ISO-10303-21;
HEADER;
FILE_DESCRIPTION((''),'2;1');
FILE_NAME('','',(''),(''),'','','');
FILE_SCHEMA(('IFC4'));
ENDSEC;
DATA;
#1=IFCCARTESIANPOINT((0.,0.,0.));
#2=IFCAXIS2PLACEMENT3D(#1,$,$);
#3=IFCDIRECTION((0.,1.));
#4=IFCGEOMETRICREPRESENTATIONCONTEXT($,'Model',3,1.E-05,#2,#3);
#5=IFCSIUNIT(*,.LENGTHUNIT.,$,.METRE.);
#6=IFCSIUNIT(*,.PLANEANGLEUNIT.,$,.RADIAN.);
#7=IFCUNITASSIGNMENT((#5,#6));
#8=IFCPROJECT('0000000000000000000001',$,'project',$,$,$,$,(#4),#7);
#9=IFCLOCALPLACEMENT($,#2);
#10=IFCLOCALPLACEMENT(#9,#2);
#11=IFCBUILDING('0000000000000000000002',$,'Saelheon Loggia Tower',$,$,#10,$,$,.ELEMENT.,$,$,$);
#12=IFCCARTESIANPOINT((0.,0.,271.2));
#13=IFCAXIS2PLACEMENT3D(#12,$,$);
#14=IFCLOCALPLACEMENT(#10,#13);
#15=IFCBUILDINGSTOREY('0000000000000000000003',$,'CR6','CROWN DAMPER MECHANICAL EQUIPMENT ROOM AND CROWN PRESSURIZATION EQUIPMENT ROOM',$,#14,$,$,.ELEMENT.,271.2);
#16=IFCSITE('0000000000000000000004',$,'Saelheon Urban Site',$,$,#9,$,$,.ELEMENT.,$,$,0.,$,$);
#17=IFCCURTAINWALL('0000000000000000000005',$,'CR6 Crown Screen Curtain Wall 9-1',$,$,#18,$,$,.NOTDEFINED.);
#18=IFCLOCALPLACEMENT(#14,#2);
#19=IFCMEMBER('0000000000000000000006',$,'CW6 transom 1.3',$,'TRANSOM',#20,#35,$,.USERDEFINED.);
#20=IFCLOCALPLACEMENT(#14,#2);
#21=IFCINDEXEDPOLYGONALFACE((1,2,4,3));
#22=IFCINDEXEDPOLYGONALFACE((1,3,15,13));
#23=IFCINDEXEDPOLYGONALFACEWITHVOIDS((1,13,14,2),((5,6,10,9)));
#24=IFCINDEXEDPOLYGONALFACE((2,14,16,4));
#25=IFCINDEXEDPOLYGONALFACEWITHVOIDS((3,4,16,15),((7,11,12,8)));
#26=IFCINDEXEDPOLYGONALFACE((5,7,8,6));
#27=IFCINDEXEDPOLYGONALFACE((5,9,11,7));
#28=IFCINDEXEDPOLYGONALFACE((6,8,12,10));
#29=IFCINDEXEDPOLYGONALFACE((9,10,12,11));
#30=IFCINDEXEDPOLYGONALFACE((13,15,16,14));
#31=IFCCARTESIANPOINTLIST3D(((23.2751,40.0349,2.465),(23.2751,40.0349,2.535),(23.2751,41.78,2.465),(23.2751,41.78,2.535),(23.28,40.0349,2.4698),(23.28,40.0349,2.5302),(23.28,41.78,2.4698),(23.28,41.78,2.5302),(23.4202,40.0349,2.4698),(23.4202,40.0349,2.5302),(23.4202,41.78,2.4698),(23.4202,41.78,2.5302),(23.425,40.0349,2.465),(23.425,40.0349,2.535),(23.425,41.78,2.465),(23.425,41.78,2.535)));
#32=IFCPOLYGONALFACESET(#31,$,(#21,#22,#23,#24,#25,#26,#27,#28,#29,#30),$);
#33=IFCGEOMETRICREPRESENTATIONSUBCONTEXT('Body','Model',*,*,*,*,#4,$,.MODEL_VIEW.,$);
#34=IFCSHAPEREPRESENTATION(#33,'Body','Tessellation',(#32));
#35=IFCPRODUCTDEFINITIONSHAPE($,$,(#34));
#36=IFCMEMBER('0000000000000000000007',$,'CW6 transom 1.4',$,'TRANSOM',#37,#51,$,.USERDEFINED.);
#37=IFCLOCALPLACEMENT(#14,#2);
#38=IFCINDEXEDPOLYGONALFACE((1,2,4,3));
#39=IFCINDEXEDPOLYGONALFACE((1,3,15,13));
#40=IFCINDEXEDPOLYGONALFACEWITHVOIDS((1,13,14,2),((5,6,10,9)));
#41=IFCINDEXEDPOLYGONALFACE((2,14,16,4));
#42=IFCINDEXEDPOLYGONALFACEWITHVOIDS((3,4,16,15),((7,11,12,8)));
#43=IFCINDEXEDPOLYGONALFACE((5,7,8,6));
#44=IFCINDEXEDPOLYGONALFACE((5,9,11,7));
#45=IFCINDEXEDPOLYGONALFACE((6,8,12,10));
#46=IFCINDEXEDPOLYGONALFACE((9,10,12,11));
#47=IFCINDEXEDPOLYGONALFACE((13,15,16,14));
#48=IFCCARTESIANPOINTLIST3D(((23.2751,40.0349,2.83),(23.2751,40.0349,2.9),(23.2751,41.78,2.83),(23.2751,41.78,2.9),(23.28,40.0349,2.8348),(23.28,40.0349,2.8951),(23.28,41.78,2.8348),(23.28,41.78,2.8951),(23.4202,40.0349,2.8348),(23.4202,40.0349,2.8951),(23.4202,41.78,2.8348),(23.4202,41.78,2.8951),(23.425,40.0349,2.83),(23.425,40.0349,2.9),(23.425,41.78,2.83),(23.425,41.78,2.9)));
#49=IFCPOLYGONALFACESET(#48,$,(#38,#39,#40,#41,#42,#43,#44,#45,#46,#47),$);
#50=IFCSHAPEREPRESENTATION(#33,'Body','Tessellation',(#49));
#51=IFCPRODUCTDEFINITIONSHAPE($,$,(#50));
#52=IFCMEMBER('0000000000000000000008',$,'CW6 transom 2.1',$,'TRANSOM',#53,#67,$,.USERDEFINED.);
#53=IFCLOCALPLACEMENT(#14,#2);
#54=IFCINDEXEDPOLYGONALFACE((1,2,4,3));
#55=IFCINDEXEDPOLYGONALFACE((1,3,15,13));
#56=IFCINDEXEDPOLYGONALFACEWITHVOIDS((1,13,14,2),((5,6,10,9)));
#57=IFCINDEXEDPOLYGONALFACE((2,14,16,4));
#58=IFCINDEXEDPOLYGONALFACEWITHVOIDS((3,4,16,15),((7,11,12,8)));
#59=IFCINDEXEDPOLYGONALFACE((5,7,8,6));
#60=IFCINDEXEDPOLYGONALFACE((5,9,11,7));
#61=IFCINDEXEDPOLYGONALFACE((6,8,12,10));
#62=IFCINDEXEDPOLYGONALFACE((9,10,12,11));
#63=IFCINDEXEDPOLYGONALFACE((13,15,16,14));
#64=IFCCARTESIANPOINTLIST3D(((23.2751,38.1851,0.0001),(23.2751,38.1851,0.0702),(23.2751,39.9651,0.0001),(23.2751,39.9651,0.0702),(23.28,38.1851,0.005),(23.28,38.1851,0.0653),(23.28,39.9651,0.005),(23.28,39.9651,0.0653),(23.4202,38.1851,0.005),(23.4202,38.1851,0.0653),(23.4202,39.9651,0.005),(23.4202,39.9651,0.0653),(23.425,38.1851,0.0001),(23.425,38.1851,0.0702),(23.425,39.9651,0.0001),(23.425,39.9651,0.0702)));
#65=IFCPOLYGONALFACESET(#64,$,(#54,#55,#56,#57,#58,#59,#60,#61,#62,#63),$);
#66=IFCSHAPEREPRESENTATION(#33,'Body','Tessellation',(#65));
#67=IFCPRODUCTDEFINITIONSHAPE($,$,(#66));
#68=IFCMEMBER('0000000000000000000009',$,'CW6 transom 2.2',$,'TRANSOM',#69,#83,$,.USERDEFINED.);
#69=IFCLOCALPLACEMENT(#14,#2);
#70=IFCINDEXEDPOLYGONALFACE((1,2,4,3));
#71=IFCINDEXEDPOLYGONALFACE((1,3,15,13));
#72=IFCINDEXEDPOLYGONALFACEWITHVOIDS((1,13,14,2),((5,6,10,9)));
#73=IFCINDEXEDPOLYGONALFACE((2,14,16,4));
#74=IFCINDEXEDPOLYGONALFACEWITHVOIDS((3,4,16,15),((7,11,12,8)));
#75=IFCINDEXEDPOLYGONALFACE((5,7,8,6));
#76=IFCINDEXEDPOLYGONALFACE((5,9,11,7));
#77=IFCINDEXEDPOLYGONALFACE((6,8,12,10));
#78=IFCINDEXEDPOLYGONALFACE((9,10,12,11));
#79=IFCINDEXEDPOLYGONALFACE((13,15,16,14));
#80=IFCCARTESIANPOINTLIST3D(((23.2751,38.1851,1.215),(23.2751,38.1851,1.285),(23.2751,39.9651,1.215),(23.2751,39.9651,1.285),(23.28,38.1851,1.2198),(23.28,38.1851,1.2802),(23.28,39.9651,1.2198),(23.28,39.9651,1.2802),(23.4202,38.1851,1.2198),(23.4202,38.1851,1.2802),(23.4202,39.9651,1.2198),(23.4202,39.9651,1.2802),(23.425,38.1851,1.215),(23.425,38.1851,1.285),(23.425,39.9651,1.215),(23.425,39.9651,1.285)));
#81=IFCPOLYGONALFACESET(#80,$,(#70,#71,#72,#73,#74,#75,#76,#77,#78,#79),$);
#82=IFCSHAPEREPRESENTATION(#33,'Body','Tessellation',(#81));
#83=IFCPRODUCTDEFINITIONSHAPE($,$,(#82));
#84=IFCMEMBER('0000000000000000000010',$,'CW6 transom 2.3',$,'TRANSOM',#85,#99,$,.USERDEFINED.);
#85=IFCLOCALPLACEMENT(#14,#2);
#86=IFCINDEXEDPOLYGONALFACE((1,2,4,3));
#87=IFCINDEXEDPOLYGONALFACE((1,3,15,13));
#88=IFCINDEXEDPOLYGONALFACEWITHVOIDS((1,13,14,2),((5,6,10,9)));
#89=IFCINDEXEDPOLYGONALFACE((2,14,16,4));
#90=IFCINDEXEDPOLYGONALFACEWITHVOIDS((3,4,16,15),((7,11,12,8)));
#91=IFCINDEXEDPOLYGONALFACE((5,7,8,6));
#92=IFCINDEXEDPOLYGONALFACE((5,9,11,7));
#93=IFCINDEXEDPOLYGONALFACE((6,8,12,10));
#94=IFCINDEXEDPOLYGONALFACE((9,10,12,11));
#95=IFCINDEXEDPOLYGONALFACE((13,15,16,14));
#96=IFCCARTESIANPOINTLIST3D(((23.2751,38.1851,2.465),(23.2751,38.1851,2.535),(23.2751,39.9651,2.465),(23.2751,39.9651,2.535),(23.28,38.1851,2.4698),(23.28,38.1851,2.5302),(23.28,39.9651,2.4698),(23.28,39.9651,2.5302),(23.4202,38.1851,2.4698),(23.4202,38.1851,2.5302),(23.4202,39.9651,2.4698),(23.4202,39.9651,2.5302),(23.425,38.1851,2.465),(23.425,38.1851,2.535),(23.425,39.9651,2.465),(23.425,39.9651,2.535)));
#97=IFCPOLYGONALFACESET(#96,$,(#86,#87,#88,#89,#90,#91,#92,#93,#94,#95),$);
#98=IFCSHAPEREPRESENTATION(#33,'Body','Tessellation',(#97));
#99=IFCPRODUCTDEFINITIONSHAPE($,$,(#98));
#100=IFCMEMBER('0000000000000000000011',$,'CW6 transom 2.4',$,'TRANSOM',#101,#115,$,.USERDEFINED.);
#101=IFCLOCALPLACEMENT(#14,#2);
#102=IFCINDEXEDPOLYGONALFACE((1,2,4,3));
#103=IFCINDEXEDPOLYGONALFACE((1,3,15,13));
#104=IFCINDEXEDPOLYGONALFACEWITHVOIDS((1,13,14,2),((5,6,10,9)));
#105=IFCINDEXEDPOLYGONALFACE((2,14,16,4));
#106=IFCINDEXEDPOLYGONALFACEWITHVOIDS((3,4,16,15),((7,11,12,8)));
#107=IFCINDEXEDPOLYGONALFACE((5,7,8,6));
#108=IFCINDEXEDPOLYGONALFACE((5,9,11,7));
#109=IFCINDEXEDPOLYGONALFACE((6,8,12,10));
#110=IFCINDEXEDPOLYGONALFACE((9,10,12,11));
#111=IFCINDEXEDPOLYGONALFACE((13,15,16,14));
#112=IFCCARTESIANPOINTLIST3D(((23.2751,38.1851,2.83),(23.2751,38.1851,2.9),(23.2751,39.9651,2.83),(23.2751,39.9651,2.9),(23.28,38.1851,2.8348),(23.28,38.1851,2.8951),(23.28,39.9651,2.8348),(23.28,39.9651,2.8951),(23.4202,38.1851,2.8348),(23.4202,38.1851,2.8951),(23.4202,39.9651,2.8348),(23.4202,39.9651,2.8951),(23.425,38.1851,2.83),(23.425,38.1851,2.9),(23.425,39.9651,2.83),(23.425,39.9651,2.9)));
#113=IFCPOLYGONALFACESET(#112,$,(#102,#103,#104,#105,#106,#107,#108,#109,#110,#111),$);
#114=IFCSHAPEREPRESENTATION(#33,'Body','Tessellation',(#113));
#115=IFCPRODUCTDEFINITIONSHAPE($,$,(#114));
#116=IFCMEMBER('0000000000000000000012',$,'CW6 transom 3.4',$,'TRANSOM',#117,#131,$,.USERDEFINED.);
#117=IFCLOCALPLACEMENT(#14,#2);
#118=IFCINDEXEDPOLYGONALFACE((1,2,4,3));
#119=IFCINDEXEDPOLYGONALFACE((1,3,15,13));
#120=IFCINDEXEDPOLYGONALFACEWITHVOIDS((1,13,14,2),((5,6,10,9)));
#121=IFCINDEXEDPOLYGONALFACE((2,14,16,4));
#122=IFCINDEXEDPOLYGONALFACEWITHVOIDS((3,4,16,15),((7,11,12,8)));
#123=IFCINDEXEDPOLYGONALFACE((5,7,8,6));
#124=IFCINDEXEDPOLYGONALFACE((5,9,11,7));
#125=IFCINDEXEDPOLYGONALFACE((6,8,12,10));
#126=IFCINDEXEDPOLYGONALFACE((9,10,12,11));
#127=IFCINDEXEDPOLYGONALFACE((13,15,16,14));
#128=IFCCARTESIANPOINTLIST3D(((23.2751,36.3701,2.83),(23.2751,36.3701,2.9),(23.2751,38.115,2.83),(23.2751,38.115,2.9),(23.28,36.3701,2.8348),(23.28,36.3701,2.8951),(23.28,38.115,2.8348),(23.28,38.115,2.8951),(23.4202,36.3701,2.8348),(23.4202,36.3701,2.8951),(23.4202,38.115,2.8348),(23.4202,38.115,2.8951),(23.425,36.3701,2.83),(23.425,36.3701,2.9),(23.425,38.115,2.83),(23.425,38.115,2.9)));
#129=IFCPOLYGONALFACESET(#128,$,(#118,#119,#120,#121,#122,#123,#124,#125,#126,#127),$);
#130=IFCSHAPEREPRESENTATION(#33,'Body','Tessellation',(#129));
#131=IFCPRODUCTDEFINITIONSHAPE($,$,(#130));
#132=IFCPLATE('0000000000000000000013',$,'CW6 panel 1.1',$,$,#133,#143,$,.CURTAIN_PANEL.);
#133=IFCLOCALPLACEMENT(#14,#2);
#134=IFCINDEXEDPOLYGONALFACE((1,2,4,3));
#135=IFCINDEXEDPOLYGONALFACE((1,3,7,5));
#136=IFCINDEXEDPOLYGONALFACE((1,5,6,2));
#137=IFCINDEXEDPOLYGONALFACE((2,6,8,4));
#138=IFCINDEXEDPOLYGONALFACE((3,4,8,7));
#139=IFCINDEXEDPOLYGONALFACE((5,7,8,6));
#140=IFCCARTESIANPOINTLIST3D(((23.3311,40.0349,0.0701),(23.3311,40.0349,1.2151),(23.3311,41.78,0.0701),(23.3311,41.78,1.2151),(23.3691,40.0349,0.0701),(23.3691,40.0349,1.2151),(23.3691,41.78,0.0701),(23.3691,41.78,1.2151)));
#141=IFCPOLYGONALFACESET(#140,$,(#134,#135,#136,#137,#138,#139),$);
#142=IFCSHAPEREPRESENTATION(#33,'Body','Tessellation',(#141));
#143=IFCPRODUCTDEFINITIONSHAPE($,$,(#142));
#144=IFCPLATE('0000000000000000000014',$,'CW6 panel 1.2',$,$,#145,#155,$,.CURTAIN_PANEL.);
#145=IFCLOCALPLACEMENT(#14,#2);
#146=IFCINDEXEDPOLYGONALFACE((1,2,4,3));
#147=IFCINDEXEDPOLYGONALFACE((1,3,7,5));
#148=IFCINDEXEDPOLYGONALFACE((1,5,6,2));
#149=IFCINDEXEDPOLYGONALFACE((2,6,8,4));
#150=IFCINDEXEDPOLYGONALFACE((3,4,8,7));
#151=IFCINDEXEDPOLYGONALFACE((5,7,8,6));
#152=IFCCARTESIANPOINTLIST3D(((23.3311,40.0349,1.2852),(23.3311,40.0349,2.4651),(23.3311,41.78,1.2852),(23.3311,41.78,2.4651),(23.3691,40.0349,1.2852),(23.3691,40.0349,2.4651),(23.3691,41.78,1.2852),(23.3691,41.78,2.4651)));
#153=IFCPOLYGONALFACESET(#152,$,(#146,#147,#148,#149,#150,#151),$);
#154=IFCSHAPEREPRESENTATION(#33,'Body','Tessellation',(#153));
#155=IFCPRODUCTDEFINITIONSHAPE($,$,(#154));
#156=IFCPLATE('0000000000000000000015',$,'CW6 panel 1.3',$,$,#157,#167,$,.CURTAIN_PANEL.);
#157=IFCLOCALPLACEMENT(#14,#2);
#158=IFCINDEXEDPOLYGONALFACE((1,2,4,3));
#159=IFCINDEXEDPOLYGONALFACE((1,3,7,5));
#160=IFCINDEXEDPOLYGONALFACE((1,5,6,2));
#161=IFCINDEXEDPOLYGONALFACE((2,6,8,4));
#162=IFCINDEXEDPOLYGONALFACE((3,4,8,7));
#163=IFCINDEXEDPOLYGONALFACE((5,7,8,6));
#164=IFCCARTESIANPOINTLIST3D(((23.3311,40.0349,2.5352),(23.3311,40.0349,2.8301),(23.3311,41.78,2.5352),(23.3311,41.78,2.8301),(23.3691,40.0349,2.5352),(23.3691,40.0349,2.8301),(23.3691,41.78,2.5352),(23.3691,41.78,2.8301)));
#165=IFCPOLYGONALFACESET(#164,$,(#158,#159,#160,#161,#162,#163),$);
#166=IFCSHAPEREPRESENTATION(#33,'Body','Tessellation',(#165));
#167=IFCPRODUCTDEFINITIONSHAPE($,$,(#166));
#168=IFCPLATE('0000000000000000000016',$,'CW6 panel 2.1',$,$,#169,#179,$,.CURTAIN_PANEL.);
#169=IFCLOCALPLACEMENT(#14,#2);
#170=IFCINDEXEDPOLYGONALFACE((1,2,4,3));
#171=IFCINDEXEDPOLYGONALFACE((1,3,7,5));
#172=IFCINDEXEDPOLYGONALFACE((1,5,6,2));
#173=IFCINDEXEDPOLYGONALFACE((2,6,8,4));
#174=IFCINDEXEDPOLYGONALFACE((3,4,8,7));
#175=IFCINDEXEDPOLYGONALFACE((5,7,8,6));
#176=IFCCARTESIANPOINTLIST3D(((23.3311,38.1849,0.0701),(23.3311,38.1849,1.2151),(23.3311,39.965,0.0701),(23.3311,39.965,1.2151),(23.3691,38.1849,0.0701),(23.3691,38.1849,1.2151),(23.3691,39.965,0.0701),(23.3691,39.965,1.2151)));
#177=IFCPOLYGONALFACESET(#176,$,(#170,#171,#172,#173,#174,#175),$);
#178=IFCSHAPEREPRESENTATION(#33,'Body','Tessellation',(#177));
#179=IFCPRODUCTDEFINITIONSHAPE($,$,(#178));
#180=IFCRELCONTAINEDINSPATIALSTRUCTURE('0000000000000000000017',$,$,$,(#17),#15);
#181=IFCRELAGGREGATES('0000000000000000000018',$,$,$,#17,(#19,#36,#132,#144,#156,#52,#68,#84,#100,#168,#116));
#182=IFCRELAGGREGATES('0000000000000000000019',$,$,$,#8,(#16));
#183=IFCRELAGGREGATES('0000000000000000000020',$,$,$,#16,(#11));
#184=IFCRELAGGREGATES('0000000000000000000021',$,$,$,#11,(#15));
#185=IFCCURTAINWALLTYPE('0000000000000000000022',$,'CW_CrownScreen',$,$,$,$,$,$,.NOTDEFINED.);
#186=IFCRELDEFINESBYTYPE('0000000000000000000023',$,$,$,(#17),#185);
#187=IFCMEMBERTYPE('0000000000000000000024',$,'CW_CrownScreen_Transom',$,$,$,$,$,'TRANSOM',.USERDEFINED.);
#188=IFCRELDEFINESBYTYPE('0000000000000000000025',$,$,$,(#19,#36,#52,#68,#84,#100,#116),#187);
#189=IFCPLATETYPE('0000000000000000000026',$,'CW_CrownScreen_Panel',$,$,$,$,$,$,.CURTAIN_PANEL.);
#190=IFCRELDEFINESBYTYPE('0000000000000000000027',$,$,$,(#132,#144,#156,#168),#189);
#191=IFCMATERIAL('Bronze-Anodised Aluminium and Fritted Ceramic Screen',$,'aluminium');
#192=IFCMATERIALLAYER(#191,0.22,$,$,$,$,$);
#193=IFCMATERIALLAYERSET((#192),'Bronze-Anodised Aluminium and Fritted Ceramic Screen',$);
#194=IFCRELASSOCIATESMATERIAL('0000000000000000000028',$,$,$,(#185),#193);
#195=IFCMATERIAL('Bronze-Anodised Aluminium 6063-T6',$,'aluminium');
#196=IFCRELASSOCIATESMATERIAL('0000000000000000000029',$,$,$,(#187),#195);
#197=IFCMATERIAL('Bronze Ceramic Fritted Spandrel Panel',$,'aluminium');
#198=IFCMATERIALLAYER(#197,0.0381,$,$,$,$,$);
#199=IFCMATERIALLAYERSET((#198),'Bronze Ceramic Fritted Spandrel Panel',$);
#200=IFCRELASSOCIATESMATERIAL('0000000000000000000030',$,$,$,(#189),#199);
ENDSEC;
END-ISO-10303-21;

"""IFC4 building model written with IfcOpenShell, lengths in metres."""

from ifc_helpers import new_model, si_unit, direction, frame, origin, origin_2d, place, context, subcontext, project, spatial, rectangle, hollow_rectangle, extrude, source, transform, mapped, material, layer, layer_set, material_profile, profile_set, type_object, element, aggregate, save


model = new_model("IFC4")

# Units and contexts
model_context = context("Model", 3, precision=1e-05, world=origin(), true_north=direction((0.0, 1.0)))
body_context = subcontext(model_context, "Body", "Model", "MODEL_VIEW")
ifc_project = project(units=[si_unit("LENGTHUNIT", "METRE"), si_unit("PLANEANGLEUNIT", "RADIAN")], contexts=[model_context])

# Site, building, storey
site_placement = place(None, origin())
site = spatial("IfcSite", under=ifc_project, at=site_placement, Name="Saelheon Urban Site", CompositionType="ELEMENT", RefElevation=0.0)
building_placement = place(site_placement, origin())
building = spatial("IfcBuilding", under=site, at=building_placement, Name="Saelheon Loggia Tower", CompositionType="ELEMENT")
storey_placement = place(building_placement, frame((0.0, 0.0, 271.2)))
storey = spatial("IfcBuildingStorey", under=building, at=storey_placement, Name="CR6", Description="CROWN DAMPER MECHANICAL EQUIPMENT ROOM AND CROWN PRESSURIZATION EQUIPMENT ROOM", CompositionType="ELEMENT", Elevation=271.2)

# Curtain wall, members, plates
ifc_material_1 = material(Name="Bronze-Anodised Aluminium and Fritted Ceramic Screen", Category="aluminium")
ifc_layer_1 = layer(ifc_material_1, 0.22)
ifc_layer_set_1 = layer_set([ifc_layer_1], Name="Bronze-Anodised Aluminium and Fritted Ceramic Screen")
curtain_wall_type = type_object("IfcCurtainWallType", Name="CW_CrownScreen", PredefinedType="NOTDEFINED", material=ifc_layer_set_1)
curtain_wall_placement = place(storey_placement, origin())
curtain_wall = element("IfcCurtainWall", 1, at=curtain_wall_placement, inside=storey, type_object=curtain_wall_type, Name="CR6 Crown Screen Curtain Wall 9-1", PredefinedType="NOTDEFINED")
ifc_material_2 = material(Name="Bronze-Anodised Aluminium 6063-T6", Category="aluminium")
ifc_material_profile_1 = material_profile(ifc_material_2, hollow_rectangle(XDim=0.0701, YDim=0.1499, WallThickness=0.0049, at=origin_2d()), Name="RHS-150x70x5")
ifc_profile_set_1 = profile_set([ifc_material_profile_1], Name="Bronze-Anodised Aluminium 6063-T6")
member_type_1 = type_object("IfcMemberType", Name="CW_CrownScreen_Transom", ElementType="TRANSOM", PredefinedType="USERDEFINED", material=ifc_profile_set_1)
shared_shape_1 = source(origin(), body_context, "Body", "SweptSolid", [
    extrude(hollow_rectangle(XDim=0.0701, YDim=0.1499, WallThickness=0.0049, at=origin_2d()), origin(), (0.0, 0.0, 1.0), 1.7451),
])
member_1_placement = place(storey_placement, frame((23.3501, 41.78, 2.5), z_axis=(0.0, -1.0, 0.0), x_axis=(0.0, 0.0, 1.0)))
member_1 = element("IfcMember", 2, at=member_1_placement, type_object=member_type_1, Name="CW6 transom 1.3", ObjectType="TRANSOM", PredefinedType="USERDEFINED", context=body_context, shape_type="MappedRepresentation", body=[
    mapped(shared_shape_1, transform((0.0, 0.0, 0.0), scale=1.0)),
])
member_2_placement = place(storey_placement, frame((23.3501, 41.78, 2.865), z_axis=(0.0, -1.0, 0.0), x_axis=(0.0, 0.0, 1.0)))
member_2 = element("IfcMember", 3, at=member_2_placement, type_object=member_type_1, Name="CW6 transom 1.4", ObjectType="TRANSOM", PredefinedType="USERDEFINED", context=body_context, shape_type="MappedRepresentation", body=[
    mapped(shared_shape_1, transform((0.0, 0.0, 0.0), scale=1.0)),
])
shared_shape_2 = source(origin(), body_context, "Body", "SweptSolid", [
    extrude(hollow_rectangle(XDim=0.0701, YDim=0.1499, WallThickness=0.0049, at=origin_2d()), origin(), (0.0, 0.0, 1.0), 1.78),
])
member_3_placement = place(storey_placement, frame((23.3501, 39.9651, 0.0352), z_axis=(0.0, -1.0, 0.0), x_axis=(0.0, 0.0, 1.0)))
member_3 = element("IfcMember", 4, at=member_3_placement, type_object=member_type_1, Name="CW6 transom 2.1", ObjectType="TRANSOM", PredefinedType="USERDEFINED", context=body_context, shape_type="MappedRepresentation", body=[
    mapped(shared_shape_2, transform((0.0, 0.0, 0.0), scale=1.0)),
])
member_4_placement = place(storey_placement, frame((23.3501, 39.9651, 1.25), z_axis=(0.0, -1.0, 0.0), x_axis=(0.0, 0.0, 1.0)))
member_4 = element("IfcMember", 5, at=member_4_placement, type_object=member_type_1, Name="CW6 transom 2.2", ObjectType="TRANSOM", PredefinedType="USERDEFINED", context=body_context, shape_type="MappedRepresentation", body=[
    mapped(shared_shape_2, transform((0.0, 0.0, 0.0), scale=1.0)),
])
member_5_placement = place(storey_placement, frame((23.3501, 39.9651, 2.5), z_axis=(0.0, -1.0, 0.0), x_axis=(0.0, 0.0, 1.0)))
member_5 = element("IfcMember", 6, at=member_5_placement, type_object=member_type_1, Name="CW6 transom 2.3", ObjectType="TRANSOM", PredefinedType="USERDEFINED", context=body_context, shape_type="MappedRepresentation", body=[
    mapped(shared_shape_2, transform((0.0, 0.0, 0.0), scale=1.0)),
])
member_6_placement = place(storey_placement, frame((23.3501, 39.9651, 2.865), z_axis=(0.0, -1.0, 0.0), x_axis=(0.0, 0.0, 1.0)))
member_6 = element("IfcMember", 7, at=member_6_placement, type_object=member_type_1, Name="CW6 transom 2.4", ObjectType="TRANSOM", PredefinedType="USERDEFINED", context=body_context, shape_type="MappedRepresentation", body=[
    mapped(shared_shape_2, transform((0.0, 0.0, 0.0), scale=1.0)),
])
shared_shape_3 = source(origin(), body_context, "Body", "SweptSolid", [
    extrude(hollow_rectangle(XDim=0.0701, YDim=0.1499, WallThickness=0.0049, at=origin_2d()), origin(), (0.0, 0.0, 1.0), 1.7449),
])
member_7_placement = place(storey_placement, frame((23.3501, 38.115, 2.865), z_axis=(0.0, -1.0, 0.0), x_axis=(0.0, 0.0, 1.0)))
member_7 = element("IfcMember", 8, at=member_7_placement, type_object=member_type_1, Name="CW6 transom 3.4", ObjectType="TRANSOM", PredefinedType="USERDEFINED", context=body_context, shape_type="MappedRepresentation", body=[
    mapped(shared_shape_3, transform((0.0, 0.0, 0.0), scale=1.0)),
])
ifc_material_3 = material(Name="Bronze Ceramic Fritted Spandrel Panel", Category="aluminium")
ifc_layer_2 = layer(ifc_material_3, 0.0381)
ifc_layer_set_2 = layer_set([ifc_layer_2], Name="Bronze Ceramic Fritted Spandrel Panel")
plate_type = type_object("IfcPlateType", Name="CW_CrownScreen_Panel", PredefinedType="CURTAIN_PANEL", material=ifc_layer_set_2)
shared_shape_4 = source(origin(), body_context, "Body", "SweptSolid", [
    extrude(rectangle(XDim=1.7451, YDim=0.0381, at=origin_2d()), origin(), (0.0, 0.0, 1.0), 1.145),
])
plate_1_placement = place(storey_placement, frame((23.3501, 40.9075, 0.0701), z_axis=(0.0, 0.0, 1.0), x_axis=(0.0, -1.0, 0.0)))
plate_1 = element("IfcPlate", 9, at=plate_1_placement, type_object=plate_type, Name="CW6 panel 1.1", PredefinedType="CURTAIN_PANEL", context=body_context, shape_type="MappedRepresentation", body=[
    mapped(shared_shape_4, transform((0.0, 0.0, 0.0), scale=1.0)),
])
shared_shape_5 = source(origin(), body_context, "Body", "SweptSolid", [
    extrude(rectangle(XDim=1.7451, YDim=0.0381, at=origin_2d()), origin(), (0.0, 0.0, 1.0), 1.1799),
])
plate_2_placement = place(storey_placement, frame((23.3501, 40.9075, 1.2852), z_axis=(0.0, 0.0, 1.0), x_axis=(0.0, -1.0, 0.0)))
plate_2 = element("IfcPlate", 10, at=plate_2_placement, type_object=plate_type, Name="CW6 panel 1.2", PredefinedType="CURTAIN_PANEL", context=body_context, shape_type="MappedRepresentation", body=[
    mapped(shared_shape_5, transform((0.0, 0.0, 0.0), scale=1.0)),
])
shared_shape_6 = source(origin(), body_context, "Body", "SweptSolid", [
    extrude(rectangle(XDim=1.7451, YDim=0.0381, at=origin_2d()), origin(), (0.0, 0.0, 1.0), 0.2949),
])
plate_3_placement = place(storey_placement, frame((23.3501, 40.9075, 2.5352), z_axis=(0.0, 0.0, 1.0), x_axis=(0.0, -1.0, 0.0)))
plate_3 = element("IfcPlate", 11, at=plate_3_placement, type_object=plate_type, Name="CW6 panel 1.3", PredefinedType="CURTAIN_PANEL", context=body_context, shape_type="MappedRepresentation", body=[
    mapped(shared_shape_6, transform((0.0, 0.0, 0.0), scale=1.0)),
])
shared_shape_7 = source(origin(), body_context, "Body", "SweptSolid", [
    extrude(rectangle(XDim=1.78, YDim=0.0381, at=origin_2d()), origin(), (0.0, 0.0, 1.0), 1.145),
])
plate_4_placement = place(storey_placement, frame((23.3501, 39.075, 0.0701), z_axis=(0.0, 0.0, 1.0), x_axis=(0.0, -1.0, 0.0)))
plate_4 = element("IfcPlate", 12, at=plate_4_placement, type_object=plate_type, Name="CW6 panel 2.1", PredefinedType="CURTAIN_PANEL", context=body_context, shape_type="MappedRepresentation", body=[
    mapped(shared_shape_7, transform((0.0, 0.0, 0.0), scale=1.0)),
])
aggregate(curtain_wall, [member_1, member_2, plate_1, plate_2, plate_3, member_3, member_4, member_5, member_6, plate_4, member_7])

save(model, "model.ifc")
